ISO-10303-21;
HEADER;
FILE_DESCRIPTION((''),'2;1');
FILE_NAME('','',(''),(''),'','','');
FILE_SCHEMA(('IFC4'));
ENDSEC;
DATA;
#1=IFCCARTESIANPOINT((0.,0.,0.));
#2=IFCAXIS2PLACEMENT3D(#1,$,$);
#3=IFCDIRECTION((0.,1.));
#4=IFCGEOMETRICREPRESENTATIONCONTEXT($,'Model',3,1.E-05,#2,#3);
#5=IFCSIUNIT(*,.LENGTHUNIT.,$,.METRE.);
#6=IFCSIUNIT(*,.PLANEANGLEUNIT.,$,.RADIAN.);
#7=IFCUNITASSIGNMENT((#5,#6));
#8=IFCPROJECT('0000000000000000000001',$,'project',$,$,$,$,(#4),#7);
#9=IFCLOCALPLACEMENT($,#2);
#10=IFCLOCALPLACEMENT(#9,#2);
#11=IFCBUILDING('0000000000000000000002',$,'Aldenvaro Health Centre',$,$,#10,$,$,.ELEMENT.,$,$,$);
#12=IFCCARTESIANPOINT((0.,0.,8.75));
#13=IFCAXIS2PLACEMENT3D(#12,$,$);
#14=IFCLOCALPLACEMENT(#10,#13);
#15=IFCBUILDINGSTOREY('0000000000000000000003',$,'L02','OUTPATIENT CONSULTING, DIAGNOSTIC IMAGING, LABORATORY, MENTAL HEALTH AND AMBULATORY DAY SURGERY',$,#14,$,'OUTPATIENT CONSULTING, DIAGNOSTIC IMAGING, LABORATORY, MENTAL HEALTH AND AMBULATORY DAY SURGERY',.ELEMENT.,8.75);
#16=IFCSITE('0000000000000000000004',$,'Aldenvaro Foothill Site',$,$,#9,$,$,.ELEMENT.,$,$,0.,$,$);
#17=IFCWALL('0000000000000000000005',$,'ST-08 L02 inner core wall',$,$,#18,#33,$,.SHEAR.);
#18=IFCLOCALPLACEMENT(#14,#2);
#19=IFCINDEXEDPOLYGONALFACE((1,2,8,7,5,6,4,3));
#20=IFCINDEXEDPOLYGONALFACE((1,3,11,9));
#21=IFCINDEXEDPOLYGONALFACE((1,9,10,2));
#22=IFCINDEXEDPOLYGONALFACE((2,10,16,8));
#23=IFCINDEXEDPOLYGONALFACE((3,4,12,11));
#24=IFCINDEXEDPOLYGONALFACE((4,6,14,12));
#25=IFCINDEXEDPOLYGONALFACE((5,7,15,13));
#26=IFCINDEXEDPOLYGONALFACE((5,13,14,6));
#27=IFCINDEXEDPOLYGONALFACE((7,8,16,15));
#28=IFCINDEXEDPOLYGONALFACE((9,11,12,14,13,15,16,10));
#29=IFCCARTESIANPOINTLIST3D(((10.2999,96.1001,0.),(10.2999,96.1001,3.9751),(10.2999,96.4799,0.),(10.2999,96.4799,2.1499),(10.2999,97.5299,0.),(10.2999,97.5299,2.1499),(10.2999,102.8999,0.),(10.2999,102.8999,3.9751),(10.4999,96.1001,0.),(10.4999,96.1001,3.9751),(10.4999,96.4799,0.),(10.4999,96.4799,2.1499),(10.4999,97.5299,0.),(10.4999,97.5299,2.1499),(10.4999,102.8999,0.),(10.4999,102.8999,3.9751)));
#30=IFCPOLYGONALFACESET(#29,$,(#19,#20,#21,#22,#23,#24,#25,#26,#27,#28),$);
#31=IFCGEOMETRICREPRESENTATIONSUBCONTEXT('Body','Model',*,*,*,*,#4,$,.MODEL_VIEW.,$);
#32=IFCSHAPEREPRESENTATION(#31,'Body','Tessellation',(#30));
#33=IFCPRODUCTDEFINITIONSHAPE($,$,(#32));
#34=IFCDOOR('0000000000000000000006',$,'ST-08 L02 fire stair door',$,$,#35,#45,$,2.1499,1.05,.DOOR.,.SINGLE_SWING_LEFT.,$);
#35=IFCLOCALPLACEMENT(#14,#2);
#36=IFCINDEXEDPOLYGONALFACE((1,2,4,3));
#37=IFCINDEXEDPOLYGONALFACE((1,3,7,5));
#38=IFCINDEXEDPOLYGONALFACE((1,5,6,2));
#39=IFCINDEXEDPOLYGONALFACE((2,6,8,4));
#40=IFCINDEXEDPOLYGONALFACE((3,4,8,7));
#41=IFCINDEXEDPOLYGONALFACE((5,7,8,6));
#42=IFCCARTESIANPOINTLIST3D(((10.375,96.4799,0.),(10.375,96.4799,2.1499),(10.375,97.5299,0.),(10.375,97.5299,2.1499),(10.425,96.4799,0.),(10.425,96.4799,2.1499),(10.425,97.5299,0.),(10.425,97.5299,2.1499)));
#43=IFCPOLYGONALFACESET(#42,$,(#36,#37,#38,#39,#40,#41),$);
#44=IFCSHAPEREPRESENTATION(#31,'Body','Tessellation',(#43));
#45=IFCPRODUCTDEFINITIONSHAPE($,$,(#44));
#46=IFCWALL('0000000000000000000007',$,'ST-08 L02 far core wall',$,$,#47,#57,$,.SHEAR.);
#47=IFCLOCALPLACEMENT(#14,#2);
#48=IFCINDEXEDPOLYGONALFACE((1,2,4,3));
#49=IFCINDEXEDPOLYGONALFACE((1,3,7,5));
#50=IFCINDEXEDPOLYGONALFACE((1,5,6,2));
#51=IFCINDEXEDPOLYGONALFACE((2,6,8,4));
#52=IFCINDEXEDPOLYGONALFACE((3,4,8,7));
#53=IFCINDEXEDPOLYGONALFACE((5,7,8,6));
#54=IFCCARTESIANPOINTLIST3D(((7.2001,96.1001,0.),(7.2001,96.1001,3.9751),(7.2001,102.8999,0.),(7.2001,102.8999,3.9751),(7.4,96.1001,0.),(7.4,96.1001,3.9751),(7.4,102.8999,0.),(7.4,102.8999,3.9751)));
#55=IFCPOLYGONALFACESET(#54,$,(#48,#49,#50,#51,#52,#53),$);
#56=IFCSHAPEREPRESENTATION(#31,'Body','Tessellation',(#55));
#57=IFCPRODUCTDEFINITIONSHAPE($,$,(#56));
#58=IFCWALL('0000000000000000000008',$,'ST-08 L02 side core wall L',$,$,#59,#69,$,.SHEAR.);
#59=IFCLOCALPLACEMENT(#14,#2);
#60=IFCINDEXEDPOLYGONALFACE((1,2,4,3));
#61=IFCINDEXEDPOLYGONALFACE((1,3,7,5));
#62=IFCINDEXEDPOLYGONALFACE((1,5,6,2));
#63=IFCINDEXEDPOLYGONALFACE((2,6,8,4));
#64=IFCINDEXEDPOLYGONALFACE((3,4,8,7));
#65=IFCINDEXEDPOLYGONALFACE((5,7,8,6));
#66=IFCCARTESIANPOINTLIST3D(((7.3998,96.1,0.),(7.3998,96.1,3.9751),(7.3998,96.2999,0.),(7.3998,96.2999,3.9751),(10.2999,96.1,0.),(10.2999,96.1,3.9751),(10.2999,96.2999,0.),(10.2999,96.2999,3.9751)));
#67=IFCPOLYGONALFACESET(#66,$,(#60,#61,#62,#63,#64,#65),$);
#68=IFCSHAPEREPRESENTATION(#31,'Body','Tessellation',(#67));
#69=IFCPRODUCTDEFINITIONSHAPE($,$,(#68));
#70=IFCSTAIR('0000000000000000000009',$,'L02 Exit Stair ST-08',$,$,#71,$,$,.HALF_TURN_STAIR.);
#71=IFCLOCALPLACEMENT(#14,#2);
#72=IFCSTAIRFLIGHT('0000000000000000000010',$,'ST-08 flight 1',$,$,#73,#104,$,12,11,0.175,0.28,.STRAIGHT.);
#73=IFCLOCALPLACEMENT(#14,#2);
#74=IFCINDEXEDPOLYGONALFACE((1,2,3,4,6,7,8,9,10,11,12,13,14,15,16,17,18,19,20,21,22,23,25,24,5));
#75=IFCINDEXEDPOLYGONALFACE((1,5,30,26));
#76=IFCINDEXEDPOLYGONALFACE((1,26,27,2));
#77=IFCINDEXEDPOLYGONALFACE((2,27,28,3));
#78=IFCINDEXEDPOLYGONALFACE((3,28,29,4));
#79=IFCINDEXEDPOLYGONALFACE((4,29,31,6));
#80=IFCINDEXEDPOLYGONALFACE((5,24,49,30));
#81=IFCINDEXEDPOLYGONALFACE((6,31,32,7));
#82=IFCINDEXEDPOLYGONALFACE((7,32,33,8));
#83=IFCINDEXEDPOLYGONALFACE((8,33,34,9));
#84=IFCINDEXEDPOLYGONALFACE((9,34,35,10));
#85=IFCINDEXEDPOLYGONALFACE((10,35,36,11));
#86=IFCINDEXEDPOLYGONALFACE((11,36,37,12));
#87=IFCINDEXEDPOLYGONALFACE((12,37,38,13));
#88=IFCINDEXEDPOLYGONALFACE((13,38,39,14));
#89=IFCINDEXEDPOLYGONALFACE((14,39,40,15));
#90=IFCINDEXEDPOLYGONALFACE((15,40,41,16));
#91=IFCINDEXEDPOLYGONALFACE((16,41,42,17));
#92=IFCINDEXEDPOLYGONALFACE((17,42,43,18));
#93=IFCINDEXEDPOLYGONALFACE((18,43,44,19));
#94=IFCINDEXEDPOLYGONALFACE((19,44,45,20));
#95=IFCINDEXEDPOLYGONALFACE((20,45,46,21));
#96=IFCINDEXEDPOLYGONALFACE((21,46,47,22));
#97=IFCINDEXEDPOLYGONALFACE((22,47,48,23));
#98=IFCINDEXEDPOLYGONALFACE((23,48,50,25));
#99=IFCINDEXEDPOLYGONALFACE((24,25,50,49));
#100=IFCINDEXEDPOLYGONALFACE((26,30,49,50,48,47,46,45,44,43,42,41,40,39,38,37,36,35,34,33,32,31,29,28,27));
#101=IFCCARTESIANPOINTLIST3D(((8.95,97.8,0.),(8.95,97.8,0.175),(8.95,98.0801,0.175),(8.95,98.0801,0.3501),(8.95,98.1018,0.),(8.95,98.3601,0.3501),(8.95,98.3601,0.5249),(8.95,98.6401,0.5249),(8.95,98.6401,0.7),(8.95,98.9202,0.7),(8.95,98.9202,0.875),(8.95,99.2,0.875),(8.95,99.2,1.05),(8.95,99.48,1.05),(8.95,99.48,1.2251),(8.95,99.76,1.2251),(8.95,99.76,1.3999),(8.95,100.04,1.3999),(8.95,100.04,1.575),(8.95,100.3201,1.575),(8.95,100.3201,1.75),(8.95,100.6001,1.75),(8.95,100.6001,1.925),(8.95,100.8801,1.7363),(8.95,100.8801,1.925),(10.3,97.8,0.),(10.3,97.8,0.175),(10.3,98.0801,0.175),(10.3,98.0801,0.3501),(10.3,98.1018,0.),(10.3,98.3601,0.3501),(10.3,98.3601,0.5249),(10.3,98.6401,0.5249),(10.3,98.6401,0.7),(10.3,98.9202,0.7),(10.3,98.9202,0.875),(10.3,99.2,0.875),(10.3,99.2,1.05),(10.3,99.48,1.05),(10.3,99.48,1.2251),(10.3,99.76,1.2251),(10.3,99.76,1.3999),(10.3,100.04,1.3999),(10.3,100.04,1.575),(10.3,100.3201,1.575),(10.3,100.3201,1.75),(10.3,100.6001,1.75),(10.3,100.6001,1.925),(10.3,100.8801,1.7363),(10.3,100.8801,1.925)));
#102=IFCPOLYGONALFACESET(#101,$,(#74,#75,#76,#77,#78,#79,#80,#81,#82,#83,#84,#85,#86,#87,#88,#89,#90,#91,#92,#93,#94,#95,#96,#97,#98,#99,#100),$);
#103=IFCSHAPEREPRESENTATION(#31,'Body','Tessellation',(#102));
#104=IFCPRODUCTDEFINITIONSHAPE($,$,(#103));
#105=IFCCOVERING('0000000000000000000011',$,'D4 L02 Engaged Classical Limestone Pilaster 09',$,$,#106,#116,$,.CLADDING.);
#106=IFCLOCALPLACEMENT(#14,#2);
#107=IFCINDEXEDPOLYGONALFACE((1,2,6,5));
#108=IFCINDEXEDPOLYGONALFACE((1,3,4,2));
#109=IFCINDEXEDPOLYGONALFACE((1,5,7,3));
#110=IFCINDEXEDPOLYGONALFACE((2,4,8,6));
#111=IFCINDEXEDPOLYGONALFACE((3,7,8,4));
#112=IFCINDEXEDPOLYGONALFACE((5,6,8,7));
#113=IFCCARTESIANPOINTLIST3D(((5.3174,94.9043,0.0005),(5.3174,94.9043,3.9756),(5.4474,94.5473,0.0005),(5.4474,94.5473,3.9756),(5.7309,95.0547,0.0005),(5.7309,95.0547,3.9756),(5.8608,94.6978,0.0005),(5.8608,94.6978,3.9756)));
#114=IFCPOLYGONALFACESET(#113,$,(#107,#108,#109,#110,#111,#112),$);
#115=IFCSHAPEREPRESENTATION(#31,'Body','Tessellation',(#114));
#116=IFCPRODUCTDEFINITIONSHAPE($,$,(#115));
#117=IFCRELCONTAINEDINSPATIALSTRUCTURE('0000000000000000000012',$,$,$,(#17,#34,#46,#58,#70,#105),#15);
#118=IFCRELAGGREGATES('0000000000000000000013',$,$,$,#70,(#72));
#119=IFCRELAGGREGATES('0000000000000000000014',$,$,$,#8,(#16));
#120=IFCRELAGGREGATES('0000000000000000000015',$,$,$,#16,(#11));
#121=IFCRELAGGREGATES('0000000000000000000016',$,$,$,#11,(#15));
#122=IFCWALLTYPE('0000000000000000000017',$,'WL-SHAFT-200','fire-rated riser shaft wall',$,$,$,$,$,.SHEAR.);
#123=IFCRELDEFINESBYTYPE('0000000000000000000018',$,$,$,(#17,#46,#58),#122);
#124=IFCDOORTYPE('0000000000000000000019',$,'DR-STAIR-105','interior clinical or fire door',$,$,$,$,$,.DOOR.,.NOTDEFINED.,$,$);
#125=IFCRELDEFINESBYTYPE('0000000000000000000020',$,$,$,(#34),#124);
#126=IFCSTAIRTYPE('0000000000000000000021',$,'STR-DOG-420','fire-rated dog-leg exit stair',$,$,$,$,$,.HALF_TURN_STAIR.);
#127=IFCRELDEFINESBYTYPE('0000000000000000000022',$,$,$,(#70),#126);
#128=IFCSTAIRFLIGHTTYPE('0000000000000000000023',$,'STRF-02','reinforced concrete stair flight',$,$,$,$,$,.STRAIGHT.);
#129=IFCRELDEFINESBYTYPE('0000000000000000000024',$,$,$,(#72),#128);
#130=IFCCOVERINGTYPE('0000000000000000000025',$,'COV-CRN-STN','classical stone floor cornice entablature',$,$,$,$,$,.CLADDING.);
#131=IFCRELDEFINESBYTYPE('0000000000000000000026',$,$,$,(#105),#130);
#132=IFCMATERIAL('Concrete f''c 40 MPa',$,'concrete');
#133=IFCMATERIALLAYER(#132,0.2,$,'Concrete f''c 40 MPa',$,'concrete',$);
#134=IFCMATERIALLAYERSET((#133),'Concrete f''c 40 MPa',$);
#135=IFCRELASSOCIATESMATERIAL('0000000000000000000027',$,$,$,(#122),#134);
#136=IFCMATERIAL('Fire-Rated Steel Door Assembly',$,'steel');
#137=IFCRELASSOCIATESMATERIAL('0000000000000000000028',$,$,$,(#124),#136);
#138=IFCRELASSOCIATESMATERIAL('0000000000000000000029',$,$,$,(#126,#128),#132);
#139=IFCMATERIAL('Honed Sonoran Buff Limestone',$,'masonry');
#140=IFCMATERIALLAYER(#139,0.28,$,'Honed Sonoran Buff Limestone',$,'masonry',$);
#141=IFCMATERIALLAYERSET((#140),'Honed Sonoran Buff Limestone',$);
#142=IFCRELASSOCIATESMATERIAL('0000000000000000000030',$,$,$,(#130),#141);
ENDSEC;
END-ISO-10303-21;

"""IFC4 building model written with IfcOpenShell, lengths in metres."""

from ifc_helpers import new_model, si_unit, direction, frame, frame_2d, origin, origin_2d, place, context, subcontext, project, spatial, polyline, rectangle, outline, extrude, material, layer, layer_set, type_object, element, fill, aggregate, save


model = new_model("IFC4")

# Units and contexts
model_context = context("Model", 3, precision=1e-05, world=origin(), true_north=direction((0.0, 1.0)))
body_context = subcontext(model_context, "Body", "Model", "MODEL_VIEW")
ifc_project = project(units=[si_unit("LENGTHUNIT", "METRE"), si_unit("PLANEANGLEUNIT", "RADIAN")], contexts=[model_context])

# Site, building, storey
site_placement = place(None, origin())
site = spatial("IfcSite", under=ifc_project, at=site_placement, Name="Aldenvaro Foothill Site", CompositionType="ELEMENT", RefElevation=0.0)
building_placement = place(site_placement, origin())
building = spatial("IfcBuilding", under=site, at=building_placement, Name="Aldenvaro Health Centre", CompositionType="ELEMENT")
storey_placement = place(building_placement, frame((0.0, 0.0, 8.75)))
storey = spatial("IfcBuildingStorey", under=building, at=storey_placement, Name="L02", Description="OUTPATIENT CONSULTING, DIAGNOSTIC IMAGING, LABORATORY, MENTAL HEALTH AND AMBULATORY DAY SURGERY", LongName="OUTPATIENT CONSULTING, DIAGNOSTIC IMAGING, LABORATORY, MENTAL HEALTH AND AMBULATORY DAY SURGERY", CompositionType="ELEMENT", Elevation=8.75)

# Wall, opening, door
ifc_material_1 = material(Name="Concrete f'c 40 MPa", Category="concrete")
ifc_layer_1 = layer(ifc_material_1, 0.2, Name="Concrete f'c 40 MPa", Category="concrete")
ifc_layer_set_1 = layer_set([ifc_layer_1], Name="Concrete f'c 40 MPa")
wall_type_1 = type_object("IfcWallType", Name="WL-SHAFT-200", Description="fire-rated riser shaft wall", PredefinedType="SHEAR", material=ifc_layer_set_1)
wall_1_placement = place(storey_placement, frame((10.3999, 96.1001, 0.0), z_axis=(0.0, 0.0, 1.0), x_axis=(0.0, 1.0, 0.0)))
wall_1 = element("IfcWall", 1, at=wall_1_placement, inside=storey, type_object=wall_type_1, Name="ST-08 L02 inner core wall", PredefinedType="SHEAR", context=body_context, shape_type="SweptSolid", body=[
    extrude(rectangle(XDim=6.7998, YDim=0.2, at=frame_2d((3.3999, 0.0))), origin(), (0.0, 0.0, 1.0), 3.9751),
])
opening_1_placement = place(wall_1_placement, frame((0.3799, 0.0, 0.0)))
opening_1 = element("IfcOpeningElement", 2, at=opening_1_placement, cuts=wall_1, PredefinedType="OPENING", context=body_context, shape_type="SweptSolid", body=[
    extrude(rectangle(XDim=1.05, YDim=2.1499, at=frame_2d((0.5249, 1.075))), frame((0.0, 0.1099, 0.0), z_axis=(0.0, -1.0, 0.0), x_axis=(1.0, 0.0, 0.0)), (0.0, 0.0, 1.0), 0.22),
])
ifc_material_2 = material(Name="Fire-Rated Steel Door Assembly", Category="steel")
door_type_1 = type_object("IfcDoorType", Name="DR-STAIR-105", Description="interior clinical or fire door", OperationType="NOTDEFINED", PredefinedType="DOOR", material=ifc_material_2)
door_1_placement = place(opening_1_placement, origin())
door_1 = element("IfcDoor", 3, at=door_1_placement, inside=storey, type_object=door_type_1, Name="ST-08 L02 fire stair door", OperationType="SINGLE_SWING_LEFT", OverallHeight=2.1499, OverallWidth=1.05, PredefinedType="DOOR", context=body_context, shape_type="SweptSolid", body=[
    extrude(rectangle(XDim=1.05, YDim=2.1499, at=frame_2d((0.5249, 1.075))), frame((0.0, 0.0249, 0.0), z_axis=(0.0, -1.0, 0.0), x_axis=(1.0, 0.0, 0.0)), (0.0, 0.0, 1.0), 0.05),
])
fill(opening_1, door_1)

# Walls
wall_2_placement = place(storey_placement, frame((7.3, 96.1001, 0.0), z_axis=(0.0, 0.0, 1.0), x_axis=(0.0, 1.0, 0.0)))
element("IfcWall", 4, at=wall_2_placement, inside=storey, type_object=wall_type_1, Name="ST-08 L02 far core wall", PredefinedType="SHEAR", context=body_context, shape_type="SweptSolid", body=[
    extrude(rectangle(XDim=6.7998, YDim=0.2, at=frame_2d((3.3999, 0.0))), origin(), (0.0, 0.0, 1.0), 3.9751),
])
wall_3_placement = place(storey_placement, frame((10.3, 96.2, 0.0), z_axis=(0.0, 0.0, 1.0), x_axis=(-1.0, 0.0, 0.0)))
element("IfcWall", 5, at=wall_3_placement, inside=storey, type_object=wall_type_1, Name="ST-08 L02 side core wall L", PredefinedType="SHEAR", context=body_context, shape_type="SweptSolid", body=[
    extrude(rectangle(XDim=2.9001, YDim=0.2, at=frame_2d((1.4502, 0.0))), origin(), (0.0, 0.0, 1.0), 3.9751),
])

# Stair, stair flight
stair_type = type_object("IfcStairType", Name="STR-DOG-420", Description="fire-rated dog-leg exit stair", PredefinedType="HALF_TURN_STAIR", material=ifc_material_1)
stair_placement = place(storey_placement, origin())
stair = element("IfcStair", 6, at=stair_placement, inside=storey, type_object=stair_type, Name="L02 Exit Stair ST-08", PredefinedType="HALF_TURN_STAIR")
stair_flight_type = type_object("IfcStairFlightType", Name="STRF-02", Description="reinforced concrete stair flight", PredefinedType="STRAIGHT", material=ifc_material_1)
stair_flight_placement = place(storey_placement, frame((9.625, 97.8, 0.0), z_axis=(0.0, 0.0, 1.0), x_axis=(0.0, 1.0, 0.0)))
stair_flight = element("IfcStairFlight", 7, at=stair_flight_placement, type_object=stair_flight_type, Name="ST-08 flight 1", NumberOfRisers=12, NumberOfTreads=11, PredefinedType="STRAIGHT", RiserHeight=0.175, TreadLength=0.28, context=body_context, shape_type="SweptSolid", body=[
    extrude(outline(polyline([(0.0, 0.0), (0.0, 0.175), (0.28, 0.175), (0.28, 0.3501), (0.5601, 0.3501), (0.5601, 0.5249), (0.8401, 0.5249), (0.8401, 0.7), (1.1201, 0.7), (1.1201, 0.875), (1.3999, 0.875), (1.3999, 1.05), (1.6799, 1.05), (1.6799, 1.2251), (1.96, 1.2251), (1.96, 1.3999), (2.24, 1.3999), (2.24, 1.575), (2.52, 1.575), (2.52, 1.75), (2.8, 1.75), (2.8, 1.925), (3.0801, 1.925), (3.0801, 2.1001), (3.0801, 1.7363), (0.3018, 0.0), (0.0, 0.0)])), frame((0.0, 0.675, 0.0), z_axis=(0.0, -1.0, 0.0), x_axis=(1.0, 0.0, 0.0)), (0.0, 0.0, 1.0), 1.3501),
])
aggregate(stair, [stair_flight])

# Covering
ifc_material_3 = material(Name="Honed Sonoran Buff Limestone", Category="masonry")
ifc_layer_2 = layer(ifc_material_3, 0.28, Name="Honed Sonoran Buff Limestone", Category="masonry")
ifc_layer_set_2 = layer_set([ifc_layer_2], Name="Honed Sonoran Buff Limestone")
covering_type = type_object("IfcCoveringType", Name="COV-CRN-STN", Description="classical stone floor cornice entablature", PredefinedType="CLADDING", material=ifc_layer_set_2)
covering_placement = place(storey_placement, frame((5.5891, 94.801, 0.0005), z_axis=(0.0, 0.0, 1.0), x_axis=(-0.939695, -0.342013, 0.0)))
element("IfcCovering", 8, at=covering_placement, inside=storey, type_object=covering_type, Name="D4 L02 Engaged Classical Limestone Pilaster 09", PredefinedType="CLADDING", context=body_context, shape_type="SweptSolid", body=[
    extrude(rectangle(XDim=0.4399, YDim=0.3799, at=origin_2d()), origin(), (0.0, 0.0, 1.0), 3.9751),
])

save(model, "model.ifc")
